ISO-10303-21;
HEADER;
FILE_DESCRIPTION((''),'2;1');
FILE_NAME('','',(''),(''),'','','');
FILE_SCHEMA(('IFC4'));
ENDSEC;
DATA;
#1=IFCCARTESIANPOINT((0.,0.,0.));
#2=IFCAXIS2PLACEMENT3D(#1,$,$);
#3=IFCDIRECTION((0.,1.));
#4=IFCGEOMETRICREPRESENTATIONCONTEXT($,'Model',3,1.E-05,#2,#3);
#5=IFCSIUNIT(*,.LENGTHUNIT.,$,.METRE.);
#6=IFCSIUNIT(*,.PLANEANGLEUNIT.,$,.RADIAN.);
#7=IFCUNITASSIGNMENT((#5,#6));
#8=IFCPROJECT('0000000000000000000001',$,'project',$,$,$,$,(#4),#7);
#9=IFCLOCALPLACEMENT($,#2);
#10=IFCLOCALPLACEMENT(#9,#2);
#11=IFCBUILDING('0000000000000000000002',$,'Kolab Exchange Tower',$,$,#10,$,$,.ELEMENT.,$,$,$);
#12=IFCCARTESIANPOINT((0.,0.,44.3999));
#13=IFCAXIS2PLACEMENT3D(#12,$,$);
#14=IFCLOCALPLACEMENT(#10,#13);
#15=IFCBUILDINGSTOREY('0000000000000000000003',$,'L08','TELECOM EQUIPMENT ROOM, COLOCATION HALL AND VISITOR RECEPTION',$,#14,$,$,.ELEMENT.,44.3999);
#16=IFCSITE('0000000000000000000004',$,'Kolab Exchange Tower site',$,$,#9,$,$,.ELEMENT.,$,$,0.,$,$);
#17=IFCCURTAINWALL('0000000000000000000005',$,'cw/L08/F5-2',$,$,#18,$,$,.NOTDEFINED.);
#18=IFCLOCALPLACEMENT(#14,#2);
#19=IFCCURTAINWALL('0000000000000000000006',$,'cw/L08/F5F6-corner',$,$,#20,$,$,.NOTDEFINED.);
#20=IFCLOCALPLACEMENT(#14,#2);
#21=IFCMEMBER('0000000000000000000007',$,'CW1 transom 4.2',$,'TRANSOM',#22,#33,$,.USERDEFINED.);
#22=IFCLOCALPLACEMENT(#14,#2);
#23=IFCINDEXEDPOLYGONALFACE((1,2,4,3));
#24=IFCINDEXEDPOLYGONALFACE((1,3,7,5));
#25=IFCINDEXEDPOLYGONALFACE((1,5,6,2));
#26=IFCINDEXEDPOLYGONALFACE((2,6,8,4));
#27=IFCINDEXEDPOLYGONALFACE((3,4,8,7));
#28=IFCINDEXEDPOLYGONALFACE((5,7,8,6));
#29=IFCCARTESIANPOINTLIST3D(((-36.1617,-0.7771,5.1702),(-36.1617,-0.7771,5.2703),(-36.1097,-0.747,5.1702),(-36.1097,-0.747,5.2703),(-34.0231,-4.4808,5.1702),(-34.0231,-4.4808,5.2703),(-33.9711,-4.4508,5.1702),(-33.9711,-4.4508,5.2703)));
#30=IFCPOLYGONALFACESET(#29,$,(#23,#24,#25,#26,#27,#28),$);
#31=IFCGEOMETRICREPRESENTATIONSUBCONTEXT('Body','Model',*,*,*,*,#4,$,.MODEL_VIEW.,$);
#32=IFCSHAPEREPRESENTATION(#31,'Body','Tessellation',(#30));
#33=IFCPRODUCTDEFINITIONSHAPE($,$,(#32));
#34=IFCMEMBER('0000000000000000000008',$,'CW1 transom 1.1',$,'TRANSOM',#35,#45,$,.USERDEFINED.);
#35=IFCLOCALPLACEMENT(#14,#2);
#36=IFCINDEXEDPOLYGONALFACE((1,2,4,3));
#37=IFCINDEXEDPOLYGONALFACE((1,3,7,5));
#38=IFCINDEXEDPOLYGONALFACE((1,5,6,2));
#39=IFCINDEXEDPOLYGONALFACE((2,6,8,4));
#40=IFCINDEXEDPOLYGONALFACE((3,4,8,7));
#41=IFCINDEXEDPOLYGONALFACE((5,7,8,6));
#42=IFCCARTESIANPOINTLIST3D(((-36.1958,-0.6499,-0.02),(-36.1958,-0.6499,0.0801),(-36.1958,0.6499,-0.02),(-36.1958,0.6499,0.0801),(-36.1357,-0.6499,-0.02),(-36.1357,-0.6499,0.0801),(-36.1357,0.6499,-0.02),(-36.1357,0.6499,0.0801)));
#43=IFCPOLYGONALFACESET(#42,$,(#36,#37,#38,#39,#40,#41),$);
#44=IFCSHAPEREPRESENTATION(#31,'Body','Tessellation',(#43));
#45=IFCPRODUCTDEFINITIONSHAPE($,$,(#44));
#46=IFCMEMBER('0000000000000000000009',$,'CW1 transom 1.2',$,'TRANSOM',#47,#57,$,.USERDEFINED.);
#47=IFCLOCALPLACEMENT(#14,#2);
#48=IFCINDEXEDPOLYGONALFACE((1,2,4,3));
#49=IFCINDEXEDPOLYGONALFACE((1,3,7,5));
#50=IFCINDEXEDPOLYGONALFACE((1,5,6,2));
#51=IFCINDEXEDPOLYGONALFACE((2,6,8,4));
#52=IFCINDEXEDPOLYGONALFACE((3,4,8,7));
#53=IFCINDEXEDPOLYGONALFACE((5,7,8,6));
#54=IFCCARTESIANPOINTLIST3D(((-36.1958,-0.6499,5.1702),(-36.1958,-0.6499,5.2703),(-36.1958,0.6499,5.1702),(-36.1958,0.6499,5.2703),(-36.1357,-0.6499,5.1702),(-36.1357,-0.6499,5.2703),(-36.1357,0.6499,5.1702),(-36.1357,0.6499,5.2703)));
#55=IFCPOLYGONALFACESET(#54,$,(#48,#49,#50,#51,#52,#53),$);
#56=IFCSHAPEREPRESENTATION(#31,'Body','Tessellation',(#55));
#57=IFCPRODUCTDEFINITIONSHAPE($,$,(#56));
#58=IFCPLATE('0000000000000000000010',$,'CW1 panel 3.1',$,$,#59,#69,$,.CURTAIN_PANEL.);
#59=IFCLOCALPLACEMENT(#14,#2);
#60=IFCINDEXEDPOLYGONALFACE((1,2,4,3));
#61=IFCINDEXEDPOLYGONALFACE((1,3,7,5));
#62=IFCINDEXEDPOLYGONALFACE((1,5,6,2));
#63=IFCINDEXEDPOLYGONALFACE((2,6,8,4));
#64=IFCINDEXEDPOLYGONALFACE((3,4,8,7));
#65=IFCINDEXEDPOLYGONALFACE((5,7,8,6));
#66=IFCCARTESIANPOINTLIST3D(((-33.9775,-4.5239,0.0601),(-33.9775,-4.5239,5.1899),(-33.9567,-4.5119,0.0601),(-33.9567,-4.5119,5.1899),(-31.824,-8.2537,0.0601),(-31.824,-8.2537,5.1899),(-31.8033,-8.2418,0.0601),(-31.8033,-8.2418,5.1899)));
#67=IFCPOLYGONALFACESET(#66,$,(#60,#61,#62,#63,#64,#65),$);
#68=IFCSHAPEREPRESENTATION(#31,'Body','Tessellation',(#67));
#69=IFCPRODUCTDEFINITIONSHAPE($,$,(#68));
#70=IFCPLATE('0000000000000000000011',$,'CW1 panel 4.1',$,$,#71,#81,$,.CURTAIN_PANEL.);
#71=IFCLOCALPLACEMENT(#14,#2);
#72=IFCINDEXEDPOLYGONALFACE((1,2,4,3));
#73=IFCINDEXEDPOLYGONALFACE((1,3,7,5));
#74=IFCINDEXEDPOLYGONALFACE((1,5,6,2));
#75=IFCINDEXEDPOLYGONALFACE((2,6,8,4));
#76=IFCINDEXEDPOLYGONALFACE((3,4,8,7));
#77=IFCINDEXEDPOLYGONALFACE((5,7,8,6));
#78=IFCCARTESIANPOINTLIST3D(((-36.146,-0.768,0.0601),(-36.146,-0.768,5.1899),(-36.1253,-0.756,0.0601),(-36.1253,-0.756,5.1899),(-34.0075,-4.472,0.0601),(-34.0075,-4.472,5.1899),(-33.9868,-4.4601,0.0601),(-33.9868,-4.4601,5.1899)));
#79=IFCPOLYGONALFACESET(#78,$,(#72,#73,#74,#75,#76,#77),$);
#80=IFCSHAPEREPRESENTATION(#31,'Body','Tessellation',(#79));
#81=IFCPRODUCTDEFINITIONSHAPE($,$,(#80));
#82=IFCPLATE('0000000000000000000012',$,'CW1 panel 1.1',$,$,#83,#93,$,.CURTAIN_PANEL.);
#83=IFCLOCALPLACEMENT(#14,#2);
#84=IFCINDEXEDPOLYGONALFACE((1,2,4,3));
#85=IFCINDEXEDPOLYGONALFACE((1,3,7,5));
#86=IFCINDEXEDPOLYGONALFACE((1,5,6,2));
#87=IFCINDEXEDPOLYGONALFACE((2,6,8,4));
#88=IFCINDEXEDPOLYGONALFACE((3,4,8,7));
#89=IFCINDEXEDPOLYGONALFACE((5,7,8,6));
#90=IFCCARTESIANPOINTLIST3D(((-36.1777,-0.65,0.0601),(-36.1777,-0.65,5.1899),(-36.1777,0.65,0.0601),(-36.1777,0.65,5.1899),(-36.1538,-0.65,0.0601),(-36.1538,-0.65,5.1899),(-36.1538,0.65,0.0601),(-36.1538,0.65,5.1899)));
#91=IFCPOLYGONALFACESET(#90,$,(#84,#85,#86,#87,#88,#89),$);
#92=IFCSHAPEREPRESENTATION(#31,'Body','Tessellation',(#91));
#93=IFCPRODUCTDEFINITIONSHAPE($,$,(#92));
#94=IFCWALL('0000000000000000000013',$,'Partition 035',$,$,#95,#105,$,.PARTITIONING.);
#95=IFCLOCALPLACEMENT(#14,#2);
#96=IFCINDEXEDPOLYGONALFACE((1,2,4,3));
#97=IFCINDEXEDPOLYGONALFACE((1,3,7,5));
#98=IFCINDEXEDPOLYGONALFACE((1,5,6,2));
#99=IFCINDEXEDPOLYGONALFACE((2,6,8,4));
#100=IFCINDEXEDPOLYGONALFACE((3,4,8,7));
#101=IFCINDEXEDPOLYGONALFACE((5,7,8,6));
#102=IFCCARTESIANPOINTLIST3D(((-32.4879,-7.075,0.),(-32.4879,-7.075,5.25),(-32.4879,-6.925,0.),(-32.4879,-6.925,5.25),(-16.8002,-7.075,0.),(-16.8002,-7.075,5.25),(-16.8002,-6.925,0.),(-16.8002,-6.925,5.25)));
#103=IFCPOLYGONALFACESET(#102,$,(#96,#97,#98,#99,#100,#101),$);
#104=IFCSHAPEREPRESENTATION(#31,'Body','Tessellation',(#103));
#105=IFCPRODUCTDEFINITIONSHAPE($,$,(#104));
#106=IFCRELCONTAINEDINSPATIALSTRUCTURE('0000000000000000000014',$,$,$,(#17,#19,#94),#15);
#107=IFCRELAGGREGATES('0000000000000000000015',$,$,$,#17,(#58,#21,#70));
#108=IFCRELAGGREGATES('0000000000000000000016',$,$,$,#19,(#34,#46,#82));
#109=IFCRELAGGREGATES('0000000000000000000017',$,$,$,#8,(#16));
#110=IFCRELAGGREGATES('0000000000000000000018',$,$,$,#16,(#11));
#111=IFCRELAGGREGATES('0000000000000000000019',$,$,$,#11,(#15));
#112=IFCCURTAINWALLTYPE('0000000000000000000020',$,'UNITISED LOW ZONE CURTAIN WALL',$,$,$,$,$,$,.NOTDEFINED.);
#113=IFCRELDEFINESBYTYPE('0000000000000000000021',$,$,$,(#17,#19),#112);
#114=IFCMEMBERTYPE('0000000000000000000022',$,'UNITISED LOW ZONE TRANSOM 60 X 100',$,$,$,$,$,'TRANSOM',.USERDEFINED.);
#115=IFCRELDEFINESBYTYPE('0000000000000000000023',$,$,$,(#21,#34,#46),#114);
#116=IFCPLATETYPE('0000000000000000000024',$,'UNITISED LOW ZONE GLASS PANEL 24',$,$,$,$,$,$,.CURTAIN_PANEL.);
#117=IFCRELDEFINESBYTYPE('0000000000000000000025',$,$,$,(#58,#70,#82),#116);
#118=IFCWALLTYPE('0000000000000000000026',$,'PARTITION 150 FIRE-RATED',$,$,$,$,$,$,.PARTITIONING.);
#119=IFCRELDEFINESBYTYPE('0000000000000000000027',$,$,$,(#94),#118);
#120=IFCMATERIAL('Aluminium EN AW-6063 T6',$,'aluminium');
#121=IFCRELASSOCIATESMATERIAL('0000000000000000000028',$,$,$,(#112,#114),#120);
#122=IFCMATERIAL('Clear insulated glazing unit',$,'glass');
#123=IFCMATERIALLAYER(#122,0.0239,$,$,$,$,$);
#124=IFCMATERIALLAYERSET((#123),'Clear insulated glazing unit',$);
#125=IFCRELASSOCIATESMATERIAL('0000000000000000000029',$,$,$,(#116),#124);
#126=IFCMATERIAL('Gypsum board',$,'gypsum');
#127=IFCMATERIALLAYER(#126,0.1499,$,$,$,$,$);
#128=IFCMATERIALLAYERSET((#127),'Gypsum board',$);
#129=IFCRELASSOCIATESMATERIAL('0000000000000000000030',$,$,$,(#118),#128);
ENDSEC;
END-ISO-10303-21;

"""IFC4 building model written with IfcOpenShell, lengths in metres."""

from ifc_helpers import new_model, si_unit, direction, frame, frame_2d, origin, origin_2d, place, context, subcontext, project, spatial, rectangle, extrude, material, layer, layer_set, material_profile, profile_set, type_object, element, aggregate, save


model = new_model("IFC4")

# Units and contexts
model_context = context("Model", 3, precision=1e-05, world=origin(), true_north=direction((0.0, 1.0)))
body_context = subcontext(model_context, "Body", "Model", "MODEL_VIEW")
ifc_project = project(units=[si_unit("LENGTHUNIT", "METRE"), si_unit("PLANEANGLEUNIT", "RADIAN")], contexts=[model_context])

# Site, building, storey
site_placement = place(None, origin())
site = spatial("IfcSite", under=ifc_project, at=site_placement, Name="Kolab Exchange Tower site", CompositionType="ELEMENT", RefElevation=0.0)
building_placement = place(site_placement, origin())
building = spatial("IfcBuilding", under=site, at=building_placement, Name="Kolab Exchange Tower", CompositionType="ELEMENT")
storey_placement = place(building_placement, frame((0.0, 0.0, 44.3999)))
storey = spatial("IfcBuildingStorey", under=building, at=storey_placement, Name="L08", Description="TELECOM EQUIPMENT ROOM, COLOCATION HALL AND VISITOR RECEPTION", CompositionType="ELEMENT", Elevation=44.3999)

# Curtain wall
ifc_material_1 = material(Name="Aluminium EN AW-6063 T6", Category="aluminium")
curtain_wall_type = type_object("IfcCurtainWallType", Name="UNITISED LOW ZONE CURTAIN WALL", PredefinedType="NOTDEFINED", material=ifc_material_1)
curtain_wall_1_placement = place(storey_placement, origin())
curtain_wall_1 = element("IfcCurtainWall", 1, at=curtain_wall_1_placement, inside=storey, type_object=curtain_wall_type, Name="cw/L08/F5-2", PredefinedType="NOTDEFINED")

# Curtain wall
curtain_wall_2_placement = place(storey_placement, origin())
curtain_wall_2 = element("IfcCurtainWall", 2, at=curtain_wall_2_placement, inside=storey, type_object=curtain_wall_type, Name="cw/L08/F5F6-corner", PredefinedType="NOTDEFINED")

# Members
ifc_material_profile_1 = material_profile(ifc_material_1, rectangle(XDim=0.0601, YDim=0.1001, at=origin_2d()), Name="RECT 60X100")
ifc_profile_set_1 = profile_set([ifc_material_profile_1], Name="Aluminium EN AW-6063 T6")
member_type_1 = type_object("IfcMemberType", Name="UNITISED LOW ZONE TRANSOM 60 X 100", ElementType="TRANSOM", PredefinedType="USERDEFINED", material=ifc_profile_set_1)
member_1_placement = place(storey_placement, frame((-33.9971, -4.4658, 5.2202), z_axis=(-0.500044, 0.866, 0.0), x_axis=(-0.866, -0.500044, 0.0)))
member_1 = element("IfcMember", 3, at=member_1_placement, type_object=member_type_1, Name="CW1 transom 4.2", ObjectType="TRANSOM", PredefinedType="USERDEFINED", context=body_context, shape_type="SweptSolid", body=[
    extrude(rectangle(XDim=0.0601, YDim=0.1001, at=origin_2d()), origin(), (0.0, 0.0, 1.0), 4.2769),
])
member_2_placement = place(storey_placement, frame((-36.1658, -0.6499, 0.03), z_axis=(0.0, 1.0, 0.0), x_axis=(-1.0, 0.0, 0.0)))
member_2 = element("IfcMember", 4, at=member_2_placement, type_object=member_type_1, Name="CW1 transom 1.1", ObjectType="TRANSOM", PredefinedType="USERDEFINED", context=body_context, shape_type="SweptSolid", body=[
    extrude(rectangle(XDim=0.0601, YDim=0.1001, at=origin_2d()), origin(), (0.0, 0.0, 1.0), 1.2998),
])
member_3_placement = place(storey_placement, frame((-36.1658, -0.6499, 5.2202), z_axis=(0.0, 1.0, 0.0), x_axis=(-1.0, 0.0, 0.0)))
member_3 = element("IfcMember", 5, at=member_3_placement, type_object=member_type_1, Name="CW1 transom 1.2", ObjectType="TRANSOM", PredefinedType="USERDEFINED", context=body_context, shape_type="SweptSolid", body=[
    extrude(rectangle(XDim=0.0601, YDim=0.1001, at=origin_2d()), origin(), (0.0, 0.0, 1.0), 1.2998),
])

# Plates
ifc_material_2 = material(Name="Clear insulated glazing unit", Category="glass")
ifc_layer_1 = layer(ifc_material_2, 0.0239)
ifc_layer_set_1 = layer_set([ifc_layer_1], Name="Clear insulated glazing unit")
plate_type = type_object("IfcPlateType", Name="UNITISED LOW ZONE GLASS PANEL 24", PredefinedType="CURTAIN_PANEL", material=ifc_layer_set_1)
plate_1_placement = place(storey_placement, frame((-32.8904, -6.3828, 0.0601), z_axis=(0.0, 0.0, 1.0), x_axis=(-0.5, 0.866025, 0.0)))
plate_1 = element("IfcPlate", 6, at=plate_1_placement, type_object=plate_type, Name="CW1 panel 3.1", PredefinedType="CURTAIN_PANEL", context=body_context, shape_type="SweptSolid", body=[
    extrude(rectangle(XDim=4.3069, YDim=0.0239, at=origin_2d()), origin(), (0.0, 0.0, 1.0), 5.1299),
])
plate_2_placement = place(storey_placement, frame((-35.0664, -2.614, 0.0601), z_axis=(0.0, 0.0, 1.0), x_axis=(-0.5, 0.866025, 0.0)))
plate_2 = element("IfcPlate", 7, at=plate_2_placement, type_object=plate_type, Name="CW1 panel 4.1", PredefinedType="CURTAIN_PANEL", context=body_context, shape_type="SweptSolid", body=[
    extrude(rectangle(XDim=4.2771, YDim=0.0239, at=origin_2d()), origin(), (0.0, 0.0, 1.0), 5.1299),
])
aggregate(curtain_wall_1, [plate_1, member_1, plate_2])
plate_3_placement = place(storey_placement, frame((-36.1658, 0.0, 0.0601), z_axis=(0.0, 0.0, 1.0), x_axis=(0.0, 1.0, 0.0)))
plate_3 = element("IfcPlate", 8, at=plate_3_placement, type_object=plate_type, Name="CW1 panel 1.1", PredefinedType="CURTAIN_PANEL", context=body_context, shape_type="SweptSolid", body=[
    extrude(rectangle(XDim=1.3, YDim=0.0239, at=origin_2d()), origin(), (0.0, 0.0, 1.0), 5.1299),
])
aggregate(curtain_wall_2, [member_2, member_3, plate_3])

# Wall
ifc_material_3 = material(Name="Gypsum board", Category="gypsum")
ifc_layer_2 = layer(ifc_material_3, 0.1499)
ifc_layer_set_2 = layer_set([ifc_layer_2], Name="Gypsum board")
wall_type = type_object("IfcWallType", Name="PARTITION 150 FIRE-RATED", PredefinedType="PARTITIONING", material=ifc_layer_set_2)
wall_placement = place(storey_placement, frame((-32.4878, -7.0, 0.0), z_axis=(0.0, 0.0, 1.0), x_axis=(1.0, 0.0, 0.0)))
element("IfcWall", 9, at=wall_placement, inside=storey, type_object=wall_type, Name="Partition 035", PredefinedType="PARTITIONING", context=body_context, shape_type="SweptSolid", body=[
    extrude(rectangle(XDim=15.6877, YDim=0.1499, at=frame_2d((7.8438, 0.0))), origin(), (0.0, 0.0, 1.0), 5.25),
])

save(model, "model.ifc")
